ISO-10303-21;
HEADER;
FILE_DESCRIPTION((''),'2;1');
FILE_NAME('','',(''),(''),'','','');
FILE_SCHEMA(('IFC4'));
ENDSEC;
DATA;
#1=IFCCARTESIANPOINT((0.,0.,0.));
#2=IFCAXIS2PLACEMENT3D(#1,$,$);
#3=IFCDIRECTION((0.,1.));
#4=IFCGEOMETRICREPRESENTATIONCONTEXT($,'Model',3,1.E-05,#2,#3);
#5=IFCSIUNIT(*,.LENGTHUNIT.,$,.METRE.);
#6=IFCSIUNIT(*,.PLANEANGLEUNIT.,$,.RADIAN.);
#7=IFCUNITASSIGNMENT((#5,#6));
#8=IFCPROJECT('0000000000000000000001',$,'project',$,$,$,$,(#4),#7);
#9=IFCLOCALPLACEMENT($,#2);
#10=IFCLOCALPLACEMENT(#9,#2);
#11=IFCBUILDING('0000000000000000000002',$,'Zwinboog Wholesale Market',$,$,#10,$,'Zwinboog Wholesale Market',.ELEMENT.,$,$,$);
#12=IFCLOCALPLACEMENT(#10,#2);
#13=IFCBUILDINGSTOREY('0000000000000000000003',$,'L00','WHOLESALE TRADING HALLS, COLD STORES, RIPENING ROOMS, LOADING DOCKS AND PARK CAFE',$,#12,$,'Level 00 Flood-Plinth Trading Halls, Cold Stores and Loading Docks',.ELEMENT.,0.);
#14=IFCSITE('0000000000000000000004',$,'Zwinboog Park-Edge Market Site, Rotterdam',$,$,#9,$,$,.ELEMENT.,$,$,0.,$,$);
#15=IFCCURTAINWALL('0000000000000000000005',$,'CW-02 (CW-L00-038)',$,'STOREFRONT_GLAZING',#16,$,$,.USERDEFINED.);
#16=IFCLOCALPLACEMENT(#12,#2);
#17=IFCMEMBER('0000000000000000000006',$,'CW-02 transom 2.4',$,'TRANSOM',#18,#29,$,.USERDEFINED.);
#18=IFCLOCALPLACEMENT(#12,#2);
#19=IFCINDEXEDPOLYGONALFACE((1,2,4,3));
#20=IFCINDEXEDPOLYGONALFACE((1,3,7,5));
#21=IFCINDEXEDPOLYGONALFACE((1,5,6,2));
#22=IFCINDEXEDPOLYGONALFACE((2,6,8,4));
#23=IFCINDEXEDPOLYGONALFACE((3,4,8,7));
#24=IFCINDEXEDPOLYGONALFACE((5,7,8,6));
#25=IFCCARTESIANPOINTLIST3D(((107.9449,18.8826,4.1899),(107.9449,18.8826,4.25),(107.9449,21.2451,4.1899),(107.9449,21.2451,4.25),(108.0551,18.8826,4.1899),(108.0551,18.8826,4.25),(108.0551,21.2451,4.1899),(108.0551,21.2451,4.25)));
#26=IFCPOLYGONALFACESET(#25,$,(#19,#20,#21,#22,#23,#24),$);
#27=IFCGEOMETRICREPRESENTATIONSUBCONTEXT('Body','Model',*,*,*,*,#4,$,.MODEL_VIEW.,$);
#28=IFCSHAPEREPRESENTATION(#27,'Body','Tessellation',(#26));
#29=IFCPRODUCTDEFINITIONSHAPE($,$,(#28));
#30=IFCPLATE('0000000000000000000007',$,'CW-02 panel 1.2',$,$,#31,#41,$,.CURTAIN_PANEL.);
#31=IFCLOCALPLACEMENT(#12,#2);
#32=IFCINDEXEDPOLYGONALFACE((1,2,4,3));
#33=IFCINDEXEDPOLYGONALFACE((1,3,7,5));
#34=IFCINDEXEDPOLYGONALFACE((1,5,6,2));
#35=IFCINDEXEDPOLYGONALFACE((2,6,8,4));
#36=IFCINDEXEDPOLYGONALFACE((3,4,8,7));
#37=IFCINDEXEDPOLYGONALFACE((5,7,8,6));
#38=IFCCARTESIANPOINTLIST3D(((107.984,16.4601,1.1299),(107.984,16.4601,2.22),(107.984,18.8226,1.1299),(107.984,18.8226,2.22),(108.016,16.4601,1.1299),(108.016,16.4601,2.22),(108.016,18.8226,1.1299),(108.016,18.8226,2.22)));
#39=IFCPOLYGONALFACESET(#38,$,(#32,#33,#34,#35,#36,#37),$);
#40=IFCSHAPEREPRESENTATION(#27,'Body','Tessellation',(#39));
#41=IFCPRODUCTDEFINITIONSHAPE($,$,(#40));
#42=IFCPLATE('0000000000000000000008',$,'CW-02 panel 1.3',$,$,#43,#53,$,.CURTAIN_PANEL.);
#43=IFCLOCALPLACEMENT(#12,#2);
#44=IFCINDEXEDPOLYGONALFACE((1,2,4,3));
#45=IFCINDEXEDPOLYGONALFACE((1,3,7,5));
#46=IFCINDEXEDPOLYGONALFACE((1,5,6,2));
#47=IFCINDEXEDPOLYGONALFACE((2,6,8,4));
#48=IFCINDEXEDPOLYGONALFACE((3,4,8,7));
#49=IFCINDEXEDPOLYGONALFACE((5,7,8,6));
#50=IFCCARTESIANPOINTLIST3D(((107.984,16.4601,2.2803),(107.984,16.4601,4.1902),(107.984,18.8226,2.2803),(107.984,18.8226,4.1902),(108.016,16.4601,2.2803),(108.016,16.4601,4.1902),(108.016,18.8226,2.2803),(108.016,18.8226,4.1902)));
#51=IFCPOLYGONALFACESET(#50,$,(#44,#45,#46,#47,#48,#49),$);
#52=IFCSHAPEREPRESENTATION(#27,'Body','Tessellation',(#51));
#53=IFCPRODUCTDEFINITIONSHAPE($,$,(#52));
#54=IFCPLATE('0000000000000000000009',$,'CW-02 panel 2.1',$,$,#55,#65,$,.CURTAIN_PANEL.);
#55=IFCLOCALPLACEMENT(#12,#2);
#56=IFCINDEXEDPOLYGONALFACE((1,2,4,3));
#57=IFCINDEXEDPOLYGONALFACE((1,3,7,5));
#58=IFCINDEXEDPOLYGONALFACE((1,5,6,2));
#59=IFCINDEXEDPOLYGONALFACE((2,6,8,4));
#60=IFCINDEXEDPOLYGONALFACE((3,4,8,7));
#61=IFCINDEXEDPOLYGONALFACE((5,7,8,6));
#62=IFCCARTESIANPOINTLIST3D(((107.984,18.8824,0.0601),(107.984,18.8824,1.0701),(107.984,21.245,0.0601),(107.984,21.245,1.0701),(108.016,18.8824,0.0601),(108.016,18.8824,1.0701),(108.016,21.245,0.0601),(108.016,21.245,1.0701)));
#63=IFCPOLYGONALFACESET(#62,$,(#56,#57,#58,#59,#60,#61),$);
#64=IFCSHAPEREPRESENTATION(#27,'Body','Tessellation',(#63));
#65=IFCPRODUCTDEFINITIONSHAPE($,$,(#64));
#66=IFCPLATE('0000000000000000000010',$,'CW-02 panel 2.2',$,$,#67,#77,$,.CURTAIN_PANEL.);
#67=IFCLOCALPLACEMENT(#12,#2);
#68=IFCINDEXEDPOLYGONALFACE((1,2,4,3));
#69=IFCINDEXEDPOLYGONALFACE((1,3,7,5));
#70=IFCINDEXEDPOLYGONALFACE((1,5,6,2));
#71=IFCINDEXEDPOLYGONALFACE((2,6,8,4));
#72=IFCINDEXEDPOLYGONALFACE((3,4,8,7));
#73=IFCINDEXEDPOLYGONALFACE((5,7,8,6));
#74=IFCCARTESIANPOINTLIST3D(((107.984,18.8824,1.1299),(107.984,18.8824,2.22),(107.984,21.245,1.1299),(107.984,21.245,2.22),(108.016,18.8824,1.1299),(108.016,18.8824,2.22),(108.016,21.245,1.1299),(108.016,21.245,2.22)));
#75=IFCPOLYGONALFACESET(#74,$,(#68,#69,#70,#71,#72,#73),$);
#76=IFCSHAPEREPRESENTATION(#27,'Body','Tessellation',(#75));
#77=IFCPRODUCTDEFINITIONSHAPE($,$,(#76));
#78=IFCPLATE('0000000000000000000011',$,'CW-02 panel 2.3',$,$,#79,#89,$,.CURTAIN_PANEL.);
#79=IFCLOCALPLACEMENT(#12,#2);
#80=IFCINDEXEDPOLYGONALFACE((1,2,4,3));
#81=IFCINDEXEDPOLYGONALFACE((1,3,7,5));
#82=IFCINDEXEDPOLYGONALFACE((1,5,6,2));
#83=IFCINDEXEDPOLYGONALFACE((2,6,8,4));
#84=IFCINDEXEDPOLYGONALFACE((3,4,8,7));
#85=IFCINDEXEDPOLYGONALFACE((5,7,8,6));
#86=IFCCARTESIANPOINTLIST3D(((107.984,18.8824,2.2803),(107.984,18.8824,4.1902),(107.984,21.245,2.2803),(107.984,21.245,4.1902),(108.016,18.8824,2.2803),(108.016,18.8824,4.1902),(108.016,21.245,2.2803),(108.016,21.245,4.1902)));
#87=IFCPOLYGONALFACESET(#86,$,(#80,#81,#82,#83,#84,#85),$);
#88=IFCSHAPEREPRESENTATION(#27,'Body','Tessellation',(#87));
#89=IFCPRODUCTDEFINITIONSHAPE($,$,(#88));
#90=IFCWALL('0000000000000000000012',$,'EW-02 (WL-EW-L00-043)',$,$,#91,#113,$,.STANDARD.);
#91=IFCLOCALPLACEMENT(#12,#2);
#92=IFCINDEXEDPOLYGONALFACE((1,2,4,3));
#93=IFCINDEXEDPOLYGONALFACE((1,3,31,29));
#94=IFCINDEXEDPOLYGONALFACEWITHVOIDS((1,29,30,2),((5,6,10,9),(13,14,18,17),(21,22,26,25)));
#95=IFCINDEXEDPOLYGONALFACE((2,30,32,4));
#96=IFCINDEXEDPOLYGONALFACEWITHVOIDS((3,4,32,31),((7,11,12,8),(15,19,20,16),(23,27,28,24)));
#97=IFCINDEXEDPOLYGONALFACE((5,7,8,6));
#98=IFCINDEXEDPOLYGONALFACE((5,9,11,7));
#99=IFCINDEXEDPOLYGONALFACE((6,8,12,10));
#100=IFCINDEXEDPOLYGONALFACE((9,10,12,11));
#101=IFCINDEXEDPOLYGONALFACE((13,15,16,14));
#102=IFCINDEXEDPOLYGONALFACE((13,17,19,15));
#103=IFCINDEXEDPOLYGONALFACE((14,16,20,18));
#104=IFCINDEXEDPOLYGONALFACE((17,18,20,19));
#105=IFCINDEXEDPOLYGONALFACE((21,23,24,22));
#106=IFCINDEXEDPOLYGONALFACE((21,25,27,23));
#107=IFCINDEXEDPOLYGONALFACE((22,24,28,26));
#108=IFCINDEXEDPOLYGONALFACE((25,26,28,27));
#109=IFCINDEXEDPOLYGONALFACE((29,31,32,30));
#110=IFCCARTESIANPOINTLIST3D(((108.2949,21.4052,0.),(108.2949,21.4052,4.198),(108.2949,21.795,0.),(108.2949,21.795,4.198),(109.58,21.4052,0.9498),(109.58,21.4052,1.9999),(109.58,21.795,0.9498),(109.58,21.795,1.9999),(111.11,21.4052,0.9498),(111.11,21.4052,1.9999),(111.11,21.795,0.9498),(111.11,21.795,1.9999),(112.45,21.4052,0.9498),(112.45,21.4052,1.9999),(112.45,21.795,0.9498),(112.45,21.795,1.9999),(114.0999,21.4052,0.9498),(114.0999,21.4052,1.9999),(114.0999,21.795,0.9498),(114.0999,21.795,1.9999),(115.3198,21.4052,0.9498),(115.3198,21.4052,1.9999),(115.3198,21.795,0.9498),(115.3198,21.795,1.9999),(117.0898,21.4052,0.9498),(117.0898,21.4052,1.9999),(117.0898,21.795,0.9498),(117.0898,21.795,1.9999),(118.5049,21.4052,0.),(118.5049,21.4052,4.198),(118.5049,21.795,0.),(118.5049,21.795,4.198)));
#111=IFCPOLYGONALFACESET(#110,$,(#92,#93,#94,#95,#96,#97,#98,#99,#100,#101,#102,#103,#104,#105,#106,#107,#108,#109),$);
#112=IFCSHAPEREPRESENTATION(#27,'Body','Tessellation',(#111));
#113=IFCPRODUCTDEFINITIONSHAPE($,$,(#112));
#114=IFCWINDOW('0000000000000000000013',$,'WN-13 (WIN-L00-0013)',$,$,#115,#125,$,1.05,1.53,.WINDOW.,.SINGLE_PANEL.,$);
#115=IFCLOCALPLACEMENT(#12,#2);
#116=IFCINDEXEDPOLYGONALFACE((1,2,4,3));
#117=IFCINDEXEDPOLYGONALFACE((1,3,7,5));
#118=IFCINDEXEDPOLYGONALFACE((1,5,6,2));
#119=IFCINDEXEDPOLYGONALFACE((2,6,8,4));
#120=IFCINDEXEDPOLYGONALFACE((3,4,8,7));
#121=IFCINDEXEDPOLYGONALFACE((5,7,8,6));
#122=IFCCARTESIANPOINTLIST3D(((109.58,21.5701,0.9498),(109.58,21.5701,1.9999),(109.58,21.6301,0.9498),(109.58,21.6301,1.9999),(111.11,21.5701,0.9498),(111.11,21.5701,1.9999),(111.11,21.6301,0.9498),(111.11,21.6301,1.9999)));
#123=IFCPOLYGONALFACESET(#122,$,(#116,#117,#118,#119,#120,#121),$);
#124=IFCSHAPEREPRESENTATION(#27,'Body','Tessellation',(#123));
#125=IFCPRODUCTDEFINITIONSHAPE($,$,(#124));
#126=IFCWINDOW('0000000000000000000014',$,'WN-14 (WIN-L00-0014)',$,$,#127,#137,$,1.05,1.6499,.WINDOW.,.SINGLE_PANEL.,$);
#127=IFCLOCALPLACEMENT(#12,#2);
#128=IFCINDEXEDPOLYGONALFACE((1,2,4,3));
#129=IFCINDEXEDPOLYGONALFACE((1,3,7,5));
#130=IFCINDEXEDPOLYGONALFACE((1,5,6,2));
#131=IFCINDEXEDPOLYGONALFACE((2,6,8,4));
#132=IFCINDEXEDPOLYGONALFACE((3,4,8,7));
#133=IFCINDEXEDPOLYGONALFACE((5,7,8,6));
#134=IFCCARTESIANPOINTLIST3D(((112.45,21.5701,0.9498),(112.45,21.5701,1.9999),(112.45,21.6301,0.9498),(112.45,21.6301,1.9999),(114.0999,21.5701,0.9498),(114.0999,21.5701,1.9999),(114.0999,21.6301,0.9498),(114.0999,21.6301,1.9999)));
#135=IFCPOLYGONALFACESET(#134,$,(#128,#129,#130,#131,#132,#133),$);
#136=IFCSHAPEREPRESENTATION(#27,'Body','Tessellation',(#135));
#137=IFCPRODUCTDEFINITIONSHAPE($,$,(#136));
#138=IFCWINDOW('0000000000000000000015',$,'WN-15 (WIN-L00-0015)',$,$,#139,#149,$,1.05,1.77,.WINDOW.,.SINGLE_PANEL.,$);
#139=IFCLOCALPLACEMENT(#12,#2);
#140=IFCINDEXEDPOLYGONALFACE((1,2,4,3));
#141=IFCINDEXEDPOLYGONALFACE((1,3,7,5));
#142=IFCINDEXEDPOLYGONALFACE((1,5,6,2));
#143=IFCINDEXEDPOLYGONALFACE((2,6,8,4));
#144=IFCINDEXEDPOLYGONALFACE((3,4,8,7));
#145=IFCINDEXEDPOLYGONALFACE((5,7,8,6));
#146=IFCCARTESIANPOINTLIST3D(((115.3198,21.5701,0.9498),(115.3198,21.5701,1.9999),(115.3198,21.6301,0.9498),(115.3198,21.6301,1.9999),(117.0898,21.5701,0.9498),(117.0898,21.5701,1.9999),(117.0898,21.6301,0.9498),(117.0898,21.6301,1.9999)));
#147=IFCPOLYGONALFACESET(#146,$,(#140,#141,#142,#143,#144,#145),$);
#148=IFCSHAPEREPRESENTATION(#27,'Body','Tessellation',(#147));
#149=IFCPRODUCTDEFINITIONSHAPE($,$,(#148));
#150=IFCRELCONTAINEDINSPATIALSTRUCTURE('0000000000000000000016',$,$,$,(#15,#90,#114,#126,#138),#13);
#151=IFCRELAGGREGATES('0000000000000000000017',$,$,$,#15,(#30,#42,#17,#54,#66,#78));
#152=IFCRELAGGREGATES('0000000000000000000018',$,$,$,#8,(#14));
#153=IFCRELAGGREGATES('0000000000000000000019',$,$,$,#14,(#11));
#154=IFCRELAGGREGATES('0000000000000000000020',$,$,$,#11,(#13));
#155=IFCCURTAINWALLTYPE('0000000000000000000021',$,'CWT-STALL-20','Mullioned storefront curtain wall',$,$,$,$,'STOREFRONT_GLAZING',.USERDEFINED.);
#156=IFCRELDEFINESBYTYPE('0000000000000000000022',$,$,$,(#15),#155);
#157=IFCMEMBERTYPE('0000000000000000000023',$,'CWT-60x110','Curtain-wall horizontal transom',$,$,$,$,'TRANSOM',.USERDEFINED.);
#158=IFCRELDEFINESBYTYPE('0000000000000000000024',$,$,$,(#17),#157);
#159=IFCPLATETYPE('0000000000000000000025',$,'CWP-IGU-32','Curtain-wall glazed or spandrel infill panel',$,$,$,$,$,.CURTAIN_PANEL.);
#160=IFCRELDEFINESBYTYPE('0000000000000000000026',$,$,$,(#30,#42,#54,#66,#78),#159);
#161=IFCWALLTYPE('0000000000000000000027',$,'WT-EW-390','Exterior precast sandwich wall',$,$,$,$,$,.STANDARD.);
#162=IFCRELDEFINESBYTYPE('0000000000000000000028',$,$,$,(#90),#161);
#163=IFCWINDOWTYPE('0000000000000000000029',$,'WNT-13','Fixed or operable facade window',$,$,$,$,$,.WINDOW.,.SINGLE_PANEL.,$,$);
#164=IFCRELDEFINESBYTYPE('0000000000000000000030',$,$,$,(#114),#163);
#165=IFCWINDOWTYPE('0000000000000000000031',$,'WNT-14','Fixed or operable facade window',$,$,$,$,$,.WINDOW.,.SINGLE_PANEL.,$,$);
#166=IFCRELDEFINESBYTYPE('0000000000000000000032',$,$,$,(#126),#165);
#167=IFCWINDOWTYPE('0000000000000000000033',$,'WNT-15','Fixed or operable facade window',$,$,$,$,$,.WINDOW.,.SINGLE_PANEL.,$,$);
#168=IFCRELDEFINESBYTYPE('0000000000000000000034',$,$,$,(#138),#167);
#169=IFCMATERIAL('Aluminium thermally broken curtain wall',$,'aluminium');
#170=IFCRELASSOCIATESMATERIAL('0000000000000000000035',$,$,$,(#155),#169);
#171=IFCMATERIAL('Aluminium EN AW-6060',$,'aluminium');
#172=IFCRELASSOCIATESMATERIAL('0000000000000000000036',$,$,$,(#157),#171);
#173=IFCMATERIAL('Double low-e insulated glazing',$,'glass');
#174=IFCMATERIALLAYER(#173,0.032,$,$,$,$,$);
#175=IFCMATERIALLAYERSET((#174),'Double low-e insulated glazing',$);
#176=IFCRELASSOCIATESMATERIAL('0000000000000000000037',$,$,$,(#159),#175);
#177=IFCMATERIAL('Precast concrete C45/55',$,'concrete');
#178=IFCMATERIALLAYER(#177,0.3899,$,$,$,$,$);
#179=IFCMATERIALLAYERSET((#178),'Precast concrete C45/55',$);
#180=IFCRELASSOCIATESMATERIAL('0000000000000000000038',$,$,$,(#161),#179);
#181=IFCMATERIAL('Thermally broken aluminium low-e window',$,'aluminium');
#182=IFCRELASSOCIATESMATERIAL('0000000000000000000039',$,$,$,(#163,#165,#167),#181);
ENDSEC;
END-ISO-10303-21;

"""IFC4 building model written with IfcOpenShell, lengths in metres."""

from ifc_helpers import new_model, si_unit, direction, frame, frame_2d, origin, origin_2d, place, context, subcontext, project, spatial, rectangle, extrude, material, layer, layer_set, material_profile, profile_set, type_object, element, fill, aggregate, save


model = new_model("IFC4")

# Units and contexts
model_context = context("Model", 3, precision=1e-05, world=origin(), true_north=direction((0.0, 1.0)))
body_context = subcontext(model_context, "Body", "Model", "MODEL_VIEW")
ifc_project = project(units=[si_unit("LENGTHUNIT", "METRE"), si_unit("PLANEANGLEUNIT", "RADIAN")], contexts=[model_context])

# Site, building, storey
site_placement = place(None, origin())
site = spatial("IfcSite", under=ifc_project, at=site_placement, Name="Zwinboog Park-Edge Market Site, Rotterdam", CompositionType="ELEMENT", RefElevation=0.0)
building_placement = place(site_placement, origin())
building = spatial("IfcBuilding", under=site, at=building_placement, Name="Zwinboog Wholesale Market", LongName="Zwinboog Wholesale Market", CompositionType="ELEMENT")
storey_placement = place(building_placement, origin())
storey = spatial("IfcBuildingStorey", under=building, at=storey_placement, Name="L00", Description="WHOLESALE TRADING HALLS, COLD STORES, RIPENING ROOMS, LOADING DOCKS AND PARK CAFE", LongName="Level 00 Flood-Plinth Trading Halls, Cold Stores and Loading Docks", CompositionType="ELEMENT", Elevation=0.0)

# Shared definitions
ifc_material_1 = material(Name="Precast concrete C45/55", Category="concrete")

# Curtain wall, member, plates
ifc_material_2 = material(Name="Aluminium thermally broken curtain wall", Category="aluminium")
curtain_wall_type = type_object("IfcCurtainWallType", Name="CWT-STALL-20", Description="Mullioned storefront curtain wall", ElementType="STOREFRONT_GLAZING", PredefinedType="USERDEFINED", material=ifc_material_2)
curtain_wall_placement = place(storey_placement, origin())
curtain_wall = element("IfcCurtainWall", 1, at=curtain_wall_placement, inside=storey, type_object=curtain_wall_type, Name="CW-02 (CW-L00-038)", ObjectType="STOREFRONT_GLAZING", PredefinedType="USERDEFINED")
ifc_material_3 = material(Name="Aluminium EN AW-6060", Category="aluminium")
ifc_material_profile_1 = material_profile(ifc_material_3, rectangle(XDim=0.1101, YDim=0.0601, at=origin_2d()), Name="AL 60x110")
ifc_profile_set_1 = profile_set([ifc_material_profile_1], Name="Aluminium EN AW-6060")
member_type_1 = type_object("IfcMemberType", Name="CWT-60x110", Description="Curtain-wall horizontal transom", ElementType="TRANSOM", PredefinedType="USERDEFINED", material=ifc_profile_set_1)
member_1_placement = place(storey_placement, frame((108.0, 18.8826, 4.22), z_axis=(0.0, 1.0, 0.0), x_axis=(-1.0, 0.0, 0.0)))
member_1 = element("IfcMember", 2, at=member_1_placement, type_object=member_type_1, Name="CW-02 transom 2.4", ObjectType="TRANSOM", PredefinedType="USERDEFINED", context=body_context, shape_type="SweptSolid", body=[
    extrude(rectangle(XDim=0.1101, YDim=0.0601, at=origin_2d()), origin(), (0.0, 0.0, 1.0), 2.3625),
])
ifc_material_4 = material(Name="Double low-e insulated glazing", Category="glass")
ifc_layer_1 = layer(ifc_material_4, 0.032)
ifc_layer_set_1 = layer_set([ifc_layer_1], Name="Double low-e insulated glazing")
plate_type = type_object("IfcPlateType", Name="CWP-IGU-32", Description="Curtain-wall glazed or spandrel infill panel", PredefinedType="CURTAIN_PANEL", material=ifc_layer_set_1)
plate_1_placement = place(storey_placement, frame((108.0, 17.6414, 1.1299), z_axis=(0.0, 0.0, 1.0), x_axis=(0.0, 1.0, 0.0)))
plate_1 = element("IfcPlate", 3, at=plate_1_placement, type_object=plate_type, Name="CW-02 panel 1.2", PredefinedType="CURTAIN_PANEL", context=body_context, shape_type="SweptSolid", body=[
    extrude(rectangle(XDim=2.3625, YDim=0.032, at=origin_2d()), origin(), (0.0, 0.0, 1.0), 1.0901),
])
plate_2_placement = place(storey_placement, frame((108.0, 17.6414, 2.2803), z_axis=(0.0, 0.0, 1.0), x_axis=(0.0, 1.0, 0.0)))
plate_2 = element("IfcPlate", 4, at=plate_2_placement, type_object=plate_type, Name="CW-02 panel 1.3", PredefinedType="CURTAIN_PANEL", context=body_context, shape_type="SweptSolid", body=[
    extrude(rectangle(XDim=2.3625, YDim=0.032, at=origin_2d()), origin(), (0.0, 0.0, 1.0), 1.9099),
])
plate_3_placement = place(storey_placement, frame((108.0, 20.0637, 0.0601), z_axis=(0.0, 0.0, 1.0), x_axis=(0.0, 1.0, 0.0)))
plate_3 = element("IfcPlate", 5, at=plate_3_placement, type_object=plate_type, Name="CW-02 panel 2.1", PredefinedType="CURTAIN_PANEL", context=body_context, shape_type="SweptSolid", body=[
    extrude(rectangle(XDim=2.3625, YDim=0.032, at=origin_2d()), origin(), (0.0, 0.0, 1.0), 1.01),
])
plate_4_placement = place(storey_placement, frame((108.0, 20.0637, 1.1299), z_axis=(0.0, 0.0, 1.0), x_axis=(0.0, 1.0, 0.0)))
plate_4 = element("IfcPlate", 6, at=plate_4_placement, type_object=plate_type, Name="CW-02 panel 2.2", PredefinedType="CURTAIN_PANEL", context=body_context, shape_type="SweptSolid", body=[
    extrude(rectangle(XDim=2.3625, YDim=0.032, at=origin_2d()), origin(), (0.0, 0.0, 1.0), 1.0901),
])
plate_5_placement = place(storey_placement, frame((108.0, 20.0637, 2.2803), z_axis=(0.0, 0.0, 1.0), x_axis=(0.0, 1.0, 0.0)))
plate_5 = element("IfcPlate", 7, at=plate_5_placement, type_object=plate_type, Name="CW-02 panel 2.3", PredefinedType="CURTAIN_PANEL", context=body_context, shape_type="SweptSolid", body=[
    extrude(rectangle(XDim=2.3625, YDim=0.032, at=origin_2d()), origin(), (0.0, 0.0, 1.0), 1.9099),
])
aggregate(curtain_wall, [plate_1, plate_2, member_1, plate_3, plate_4, plate_5])

# Wall, openings, windows
ifc_layer_2 = layer(ifc_material_1, 0.3899)
ifc_layer_set_2 = layer_set([ifc_layer_2], Name="Precast concrete C45/55")
wall_type = type_object("IfcWallType", Name="WT-EW-390", Description="Exterior precast sandwich wall", PredefinedType="STANDARD", material=ifc_layer_set_2)
wall_placement = place(storey_placement, frame((108.2949, 21.6001, 0.0), z_axis=(0.0, 0.0, 1.0), x_axis=(1.0, 0.0, 0.0)))
wall = element("IfcWall", 8, at=wall_placement, inside=storey, type_object=wall_type, Name="EW-02 (WL-EW-L00-043)", PredefinedType="STANDARD", context=body_context, shape_type="SweptSolid", body=[
    extrude(rectangle(XDim=10.21, YDim=0.3899, at=frame_2d((5.105, 0.0))), origin(), (0.0, 0.0, 1.0), 4.198),
])
opening_1_placement = place(wall_placement, frame((1.2849, 0.0, 0.95)))
opening_1 = element("IfcOpeningElement", 9, at=opening_1_placement, cuts=wall, PredefinedType="OPENING", context=body_context, shape_type="SweptSolid", body=[
    extrude(rectangle(XDim=1.53, YDim=1.05, at=frame_2d((0.7651, 0.5249))), frame((0.0, 0.2048, 0.0), z_axis=(0.0, -1.0, 0.0), x_axis=(1.0, 0.0, 0.0)), (0.0, 0.0, 1.0), 0.4099),
])
opening_2_placement = place(wall_placement, frame((4.155, 0.0, 0.95)))
opening_2 = element("IfcOpeningElement", 10, at=opening_2_placement, cuts=wall, PredefinedType="OPENING", context=body_context, shape_type="SweptSolid", body=[
    extrude(rectangle(XDim=1.6499, YDim=1.05, at=frame_2d((0.825, 0.5249))), frame((0.0, 0.2048, 0.0), z_axis=(0.0, -1.0, 0.0), x_axis=(1.0, 0.0, 0.0)), (0.0, 0.0, 1.0), 0.4099),
])
opening_3_placement = place(wall_placement, frame((7.0249, 0.0, 0.95)))
opening_3 = element("IfcOpeningElement", 11, at=opening_3_placement, cuts=wall, PredefinedType="OPENING", context=body_context, shape_type="SweptSolid", body=[
    extrude(rectangle(XDim=1.77, YDim=1.05, at=frame_2d((0.885, 0.5249))), frame((0.0, 0.2048, 0.0), z_axis=(0.0, -1.0, 0.0), x_axis=(1.0, 0.0, 0.0)), (0.0, 0.0, 1.0), 0.4099),
])
ifc_material_5 = material(Name="Thermally broken aluminium low-e window", Category="aluminium")
window_type_1 = type_object("IfcWindowType", Name="WNT-13", Description="Fixed or operable facade window", PartitioningType="SINGLE_PANEL", PredefinedType="WINDOW", material=ifc_material_5)
window_1_placement = place(opening_1_placement, origin())
window_1 = element("IfcWindow", 12, at=window_1_placement, inside=storey, type_object=window_type_1, Name="WN-13 (WIN-L00-0013)", OverallHeight=1.05, OverallWidth=1.53, PartitioningType="SINGLE_PANEL", PredefinedType="WINDOW", context=body_context, shape_type="SweptSolid", body=[
    extrude(rectangle(XDim=1.53, YDim=1.05, at=frame_2d((0.7651, 0.5249))), frame((0.0, 0.03, 0.0), z_axis=(0.0, -1.0, 0.0), x_axis=(1.0, 0.0, 0.0)), (0.0, 0.0, 1.0), 0.0601),
])
fill(opening_1, window_1)
window_type_2 = type_object("IfcWindowType", Name="WNT-14", Description="Fixed or operable facade window", PartitioningType="SINGLE_PANEL", PredefinedType="WINDOW", material=ifc_material_5)
window_2_placement = place(opening_2_placement, origin())
window_2 = element("IfcWindow", 13, at=window_2_placement, inside=storey, type_object=window_type_2, Name="WN-14 (WIN-L00-0014)", OverallHeight=1.05, OverallWidth=1.6499, PartitioningType="SINGLE_PANEL", PredefinedType="WINDOW", context=body_context, shape_type="SweptSolid", body=[
    extrude(rectangle(XDim=1.6499, YDim=1.05, at=frame_2d((0.825, 0.5249))), frame((0.0, 0.03, 0.0), z_axis=(0.0, -1.0, 0.0), x_axis=(1.0, 0.0, 0.0)), (0.0, 0.0, 1.0), 0.0601),
])
fill(opening_2, window_2)
window_type_3 = type_object("IfcWindowType", Name="WNT-15", Description="Fixed or operable facade window", PartitioningType="SINGLE_PANEL", PredefinedType="WINDOW", material=ifc_material_5)
window_3_placement = place(opening_3_placement, origin())
window_3 = element("IfcWindow", 14, at=window_3_placement, inside=storey, type_object=window_type_3, Name="WN-15 (WIN-L00-0015)", OverallHeight=1.05, OverallWidth=1.77, PartitioningType="SINGLE_PANEL", PredefinedType="WINDOW", context=body_context, shape_type="SweptSolid", body=[
    extrude(rectangle(XDim=1.77, YDim=1.05, at=frame_2d((0.885, 0.5249))), frame((0.0, 0.03, 0.0), z_axis=(0.0, -1.0, 0.0), x_axis=(1.0, 0.0, 0.0)), (0.0, 0.0, 1.0), 0.0601),
])
fill(opening_3, window_3)

save(model, "model.ifc")
